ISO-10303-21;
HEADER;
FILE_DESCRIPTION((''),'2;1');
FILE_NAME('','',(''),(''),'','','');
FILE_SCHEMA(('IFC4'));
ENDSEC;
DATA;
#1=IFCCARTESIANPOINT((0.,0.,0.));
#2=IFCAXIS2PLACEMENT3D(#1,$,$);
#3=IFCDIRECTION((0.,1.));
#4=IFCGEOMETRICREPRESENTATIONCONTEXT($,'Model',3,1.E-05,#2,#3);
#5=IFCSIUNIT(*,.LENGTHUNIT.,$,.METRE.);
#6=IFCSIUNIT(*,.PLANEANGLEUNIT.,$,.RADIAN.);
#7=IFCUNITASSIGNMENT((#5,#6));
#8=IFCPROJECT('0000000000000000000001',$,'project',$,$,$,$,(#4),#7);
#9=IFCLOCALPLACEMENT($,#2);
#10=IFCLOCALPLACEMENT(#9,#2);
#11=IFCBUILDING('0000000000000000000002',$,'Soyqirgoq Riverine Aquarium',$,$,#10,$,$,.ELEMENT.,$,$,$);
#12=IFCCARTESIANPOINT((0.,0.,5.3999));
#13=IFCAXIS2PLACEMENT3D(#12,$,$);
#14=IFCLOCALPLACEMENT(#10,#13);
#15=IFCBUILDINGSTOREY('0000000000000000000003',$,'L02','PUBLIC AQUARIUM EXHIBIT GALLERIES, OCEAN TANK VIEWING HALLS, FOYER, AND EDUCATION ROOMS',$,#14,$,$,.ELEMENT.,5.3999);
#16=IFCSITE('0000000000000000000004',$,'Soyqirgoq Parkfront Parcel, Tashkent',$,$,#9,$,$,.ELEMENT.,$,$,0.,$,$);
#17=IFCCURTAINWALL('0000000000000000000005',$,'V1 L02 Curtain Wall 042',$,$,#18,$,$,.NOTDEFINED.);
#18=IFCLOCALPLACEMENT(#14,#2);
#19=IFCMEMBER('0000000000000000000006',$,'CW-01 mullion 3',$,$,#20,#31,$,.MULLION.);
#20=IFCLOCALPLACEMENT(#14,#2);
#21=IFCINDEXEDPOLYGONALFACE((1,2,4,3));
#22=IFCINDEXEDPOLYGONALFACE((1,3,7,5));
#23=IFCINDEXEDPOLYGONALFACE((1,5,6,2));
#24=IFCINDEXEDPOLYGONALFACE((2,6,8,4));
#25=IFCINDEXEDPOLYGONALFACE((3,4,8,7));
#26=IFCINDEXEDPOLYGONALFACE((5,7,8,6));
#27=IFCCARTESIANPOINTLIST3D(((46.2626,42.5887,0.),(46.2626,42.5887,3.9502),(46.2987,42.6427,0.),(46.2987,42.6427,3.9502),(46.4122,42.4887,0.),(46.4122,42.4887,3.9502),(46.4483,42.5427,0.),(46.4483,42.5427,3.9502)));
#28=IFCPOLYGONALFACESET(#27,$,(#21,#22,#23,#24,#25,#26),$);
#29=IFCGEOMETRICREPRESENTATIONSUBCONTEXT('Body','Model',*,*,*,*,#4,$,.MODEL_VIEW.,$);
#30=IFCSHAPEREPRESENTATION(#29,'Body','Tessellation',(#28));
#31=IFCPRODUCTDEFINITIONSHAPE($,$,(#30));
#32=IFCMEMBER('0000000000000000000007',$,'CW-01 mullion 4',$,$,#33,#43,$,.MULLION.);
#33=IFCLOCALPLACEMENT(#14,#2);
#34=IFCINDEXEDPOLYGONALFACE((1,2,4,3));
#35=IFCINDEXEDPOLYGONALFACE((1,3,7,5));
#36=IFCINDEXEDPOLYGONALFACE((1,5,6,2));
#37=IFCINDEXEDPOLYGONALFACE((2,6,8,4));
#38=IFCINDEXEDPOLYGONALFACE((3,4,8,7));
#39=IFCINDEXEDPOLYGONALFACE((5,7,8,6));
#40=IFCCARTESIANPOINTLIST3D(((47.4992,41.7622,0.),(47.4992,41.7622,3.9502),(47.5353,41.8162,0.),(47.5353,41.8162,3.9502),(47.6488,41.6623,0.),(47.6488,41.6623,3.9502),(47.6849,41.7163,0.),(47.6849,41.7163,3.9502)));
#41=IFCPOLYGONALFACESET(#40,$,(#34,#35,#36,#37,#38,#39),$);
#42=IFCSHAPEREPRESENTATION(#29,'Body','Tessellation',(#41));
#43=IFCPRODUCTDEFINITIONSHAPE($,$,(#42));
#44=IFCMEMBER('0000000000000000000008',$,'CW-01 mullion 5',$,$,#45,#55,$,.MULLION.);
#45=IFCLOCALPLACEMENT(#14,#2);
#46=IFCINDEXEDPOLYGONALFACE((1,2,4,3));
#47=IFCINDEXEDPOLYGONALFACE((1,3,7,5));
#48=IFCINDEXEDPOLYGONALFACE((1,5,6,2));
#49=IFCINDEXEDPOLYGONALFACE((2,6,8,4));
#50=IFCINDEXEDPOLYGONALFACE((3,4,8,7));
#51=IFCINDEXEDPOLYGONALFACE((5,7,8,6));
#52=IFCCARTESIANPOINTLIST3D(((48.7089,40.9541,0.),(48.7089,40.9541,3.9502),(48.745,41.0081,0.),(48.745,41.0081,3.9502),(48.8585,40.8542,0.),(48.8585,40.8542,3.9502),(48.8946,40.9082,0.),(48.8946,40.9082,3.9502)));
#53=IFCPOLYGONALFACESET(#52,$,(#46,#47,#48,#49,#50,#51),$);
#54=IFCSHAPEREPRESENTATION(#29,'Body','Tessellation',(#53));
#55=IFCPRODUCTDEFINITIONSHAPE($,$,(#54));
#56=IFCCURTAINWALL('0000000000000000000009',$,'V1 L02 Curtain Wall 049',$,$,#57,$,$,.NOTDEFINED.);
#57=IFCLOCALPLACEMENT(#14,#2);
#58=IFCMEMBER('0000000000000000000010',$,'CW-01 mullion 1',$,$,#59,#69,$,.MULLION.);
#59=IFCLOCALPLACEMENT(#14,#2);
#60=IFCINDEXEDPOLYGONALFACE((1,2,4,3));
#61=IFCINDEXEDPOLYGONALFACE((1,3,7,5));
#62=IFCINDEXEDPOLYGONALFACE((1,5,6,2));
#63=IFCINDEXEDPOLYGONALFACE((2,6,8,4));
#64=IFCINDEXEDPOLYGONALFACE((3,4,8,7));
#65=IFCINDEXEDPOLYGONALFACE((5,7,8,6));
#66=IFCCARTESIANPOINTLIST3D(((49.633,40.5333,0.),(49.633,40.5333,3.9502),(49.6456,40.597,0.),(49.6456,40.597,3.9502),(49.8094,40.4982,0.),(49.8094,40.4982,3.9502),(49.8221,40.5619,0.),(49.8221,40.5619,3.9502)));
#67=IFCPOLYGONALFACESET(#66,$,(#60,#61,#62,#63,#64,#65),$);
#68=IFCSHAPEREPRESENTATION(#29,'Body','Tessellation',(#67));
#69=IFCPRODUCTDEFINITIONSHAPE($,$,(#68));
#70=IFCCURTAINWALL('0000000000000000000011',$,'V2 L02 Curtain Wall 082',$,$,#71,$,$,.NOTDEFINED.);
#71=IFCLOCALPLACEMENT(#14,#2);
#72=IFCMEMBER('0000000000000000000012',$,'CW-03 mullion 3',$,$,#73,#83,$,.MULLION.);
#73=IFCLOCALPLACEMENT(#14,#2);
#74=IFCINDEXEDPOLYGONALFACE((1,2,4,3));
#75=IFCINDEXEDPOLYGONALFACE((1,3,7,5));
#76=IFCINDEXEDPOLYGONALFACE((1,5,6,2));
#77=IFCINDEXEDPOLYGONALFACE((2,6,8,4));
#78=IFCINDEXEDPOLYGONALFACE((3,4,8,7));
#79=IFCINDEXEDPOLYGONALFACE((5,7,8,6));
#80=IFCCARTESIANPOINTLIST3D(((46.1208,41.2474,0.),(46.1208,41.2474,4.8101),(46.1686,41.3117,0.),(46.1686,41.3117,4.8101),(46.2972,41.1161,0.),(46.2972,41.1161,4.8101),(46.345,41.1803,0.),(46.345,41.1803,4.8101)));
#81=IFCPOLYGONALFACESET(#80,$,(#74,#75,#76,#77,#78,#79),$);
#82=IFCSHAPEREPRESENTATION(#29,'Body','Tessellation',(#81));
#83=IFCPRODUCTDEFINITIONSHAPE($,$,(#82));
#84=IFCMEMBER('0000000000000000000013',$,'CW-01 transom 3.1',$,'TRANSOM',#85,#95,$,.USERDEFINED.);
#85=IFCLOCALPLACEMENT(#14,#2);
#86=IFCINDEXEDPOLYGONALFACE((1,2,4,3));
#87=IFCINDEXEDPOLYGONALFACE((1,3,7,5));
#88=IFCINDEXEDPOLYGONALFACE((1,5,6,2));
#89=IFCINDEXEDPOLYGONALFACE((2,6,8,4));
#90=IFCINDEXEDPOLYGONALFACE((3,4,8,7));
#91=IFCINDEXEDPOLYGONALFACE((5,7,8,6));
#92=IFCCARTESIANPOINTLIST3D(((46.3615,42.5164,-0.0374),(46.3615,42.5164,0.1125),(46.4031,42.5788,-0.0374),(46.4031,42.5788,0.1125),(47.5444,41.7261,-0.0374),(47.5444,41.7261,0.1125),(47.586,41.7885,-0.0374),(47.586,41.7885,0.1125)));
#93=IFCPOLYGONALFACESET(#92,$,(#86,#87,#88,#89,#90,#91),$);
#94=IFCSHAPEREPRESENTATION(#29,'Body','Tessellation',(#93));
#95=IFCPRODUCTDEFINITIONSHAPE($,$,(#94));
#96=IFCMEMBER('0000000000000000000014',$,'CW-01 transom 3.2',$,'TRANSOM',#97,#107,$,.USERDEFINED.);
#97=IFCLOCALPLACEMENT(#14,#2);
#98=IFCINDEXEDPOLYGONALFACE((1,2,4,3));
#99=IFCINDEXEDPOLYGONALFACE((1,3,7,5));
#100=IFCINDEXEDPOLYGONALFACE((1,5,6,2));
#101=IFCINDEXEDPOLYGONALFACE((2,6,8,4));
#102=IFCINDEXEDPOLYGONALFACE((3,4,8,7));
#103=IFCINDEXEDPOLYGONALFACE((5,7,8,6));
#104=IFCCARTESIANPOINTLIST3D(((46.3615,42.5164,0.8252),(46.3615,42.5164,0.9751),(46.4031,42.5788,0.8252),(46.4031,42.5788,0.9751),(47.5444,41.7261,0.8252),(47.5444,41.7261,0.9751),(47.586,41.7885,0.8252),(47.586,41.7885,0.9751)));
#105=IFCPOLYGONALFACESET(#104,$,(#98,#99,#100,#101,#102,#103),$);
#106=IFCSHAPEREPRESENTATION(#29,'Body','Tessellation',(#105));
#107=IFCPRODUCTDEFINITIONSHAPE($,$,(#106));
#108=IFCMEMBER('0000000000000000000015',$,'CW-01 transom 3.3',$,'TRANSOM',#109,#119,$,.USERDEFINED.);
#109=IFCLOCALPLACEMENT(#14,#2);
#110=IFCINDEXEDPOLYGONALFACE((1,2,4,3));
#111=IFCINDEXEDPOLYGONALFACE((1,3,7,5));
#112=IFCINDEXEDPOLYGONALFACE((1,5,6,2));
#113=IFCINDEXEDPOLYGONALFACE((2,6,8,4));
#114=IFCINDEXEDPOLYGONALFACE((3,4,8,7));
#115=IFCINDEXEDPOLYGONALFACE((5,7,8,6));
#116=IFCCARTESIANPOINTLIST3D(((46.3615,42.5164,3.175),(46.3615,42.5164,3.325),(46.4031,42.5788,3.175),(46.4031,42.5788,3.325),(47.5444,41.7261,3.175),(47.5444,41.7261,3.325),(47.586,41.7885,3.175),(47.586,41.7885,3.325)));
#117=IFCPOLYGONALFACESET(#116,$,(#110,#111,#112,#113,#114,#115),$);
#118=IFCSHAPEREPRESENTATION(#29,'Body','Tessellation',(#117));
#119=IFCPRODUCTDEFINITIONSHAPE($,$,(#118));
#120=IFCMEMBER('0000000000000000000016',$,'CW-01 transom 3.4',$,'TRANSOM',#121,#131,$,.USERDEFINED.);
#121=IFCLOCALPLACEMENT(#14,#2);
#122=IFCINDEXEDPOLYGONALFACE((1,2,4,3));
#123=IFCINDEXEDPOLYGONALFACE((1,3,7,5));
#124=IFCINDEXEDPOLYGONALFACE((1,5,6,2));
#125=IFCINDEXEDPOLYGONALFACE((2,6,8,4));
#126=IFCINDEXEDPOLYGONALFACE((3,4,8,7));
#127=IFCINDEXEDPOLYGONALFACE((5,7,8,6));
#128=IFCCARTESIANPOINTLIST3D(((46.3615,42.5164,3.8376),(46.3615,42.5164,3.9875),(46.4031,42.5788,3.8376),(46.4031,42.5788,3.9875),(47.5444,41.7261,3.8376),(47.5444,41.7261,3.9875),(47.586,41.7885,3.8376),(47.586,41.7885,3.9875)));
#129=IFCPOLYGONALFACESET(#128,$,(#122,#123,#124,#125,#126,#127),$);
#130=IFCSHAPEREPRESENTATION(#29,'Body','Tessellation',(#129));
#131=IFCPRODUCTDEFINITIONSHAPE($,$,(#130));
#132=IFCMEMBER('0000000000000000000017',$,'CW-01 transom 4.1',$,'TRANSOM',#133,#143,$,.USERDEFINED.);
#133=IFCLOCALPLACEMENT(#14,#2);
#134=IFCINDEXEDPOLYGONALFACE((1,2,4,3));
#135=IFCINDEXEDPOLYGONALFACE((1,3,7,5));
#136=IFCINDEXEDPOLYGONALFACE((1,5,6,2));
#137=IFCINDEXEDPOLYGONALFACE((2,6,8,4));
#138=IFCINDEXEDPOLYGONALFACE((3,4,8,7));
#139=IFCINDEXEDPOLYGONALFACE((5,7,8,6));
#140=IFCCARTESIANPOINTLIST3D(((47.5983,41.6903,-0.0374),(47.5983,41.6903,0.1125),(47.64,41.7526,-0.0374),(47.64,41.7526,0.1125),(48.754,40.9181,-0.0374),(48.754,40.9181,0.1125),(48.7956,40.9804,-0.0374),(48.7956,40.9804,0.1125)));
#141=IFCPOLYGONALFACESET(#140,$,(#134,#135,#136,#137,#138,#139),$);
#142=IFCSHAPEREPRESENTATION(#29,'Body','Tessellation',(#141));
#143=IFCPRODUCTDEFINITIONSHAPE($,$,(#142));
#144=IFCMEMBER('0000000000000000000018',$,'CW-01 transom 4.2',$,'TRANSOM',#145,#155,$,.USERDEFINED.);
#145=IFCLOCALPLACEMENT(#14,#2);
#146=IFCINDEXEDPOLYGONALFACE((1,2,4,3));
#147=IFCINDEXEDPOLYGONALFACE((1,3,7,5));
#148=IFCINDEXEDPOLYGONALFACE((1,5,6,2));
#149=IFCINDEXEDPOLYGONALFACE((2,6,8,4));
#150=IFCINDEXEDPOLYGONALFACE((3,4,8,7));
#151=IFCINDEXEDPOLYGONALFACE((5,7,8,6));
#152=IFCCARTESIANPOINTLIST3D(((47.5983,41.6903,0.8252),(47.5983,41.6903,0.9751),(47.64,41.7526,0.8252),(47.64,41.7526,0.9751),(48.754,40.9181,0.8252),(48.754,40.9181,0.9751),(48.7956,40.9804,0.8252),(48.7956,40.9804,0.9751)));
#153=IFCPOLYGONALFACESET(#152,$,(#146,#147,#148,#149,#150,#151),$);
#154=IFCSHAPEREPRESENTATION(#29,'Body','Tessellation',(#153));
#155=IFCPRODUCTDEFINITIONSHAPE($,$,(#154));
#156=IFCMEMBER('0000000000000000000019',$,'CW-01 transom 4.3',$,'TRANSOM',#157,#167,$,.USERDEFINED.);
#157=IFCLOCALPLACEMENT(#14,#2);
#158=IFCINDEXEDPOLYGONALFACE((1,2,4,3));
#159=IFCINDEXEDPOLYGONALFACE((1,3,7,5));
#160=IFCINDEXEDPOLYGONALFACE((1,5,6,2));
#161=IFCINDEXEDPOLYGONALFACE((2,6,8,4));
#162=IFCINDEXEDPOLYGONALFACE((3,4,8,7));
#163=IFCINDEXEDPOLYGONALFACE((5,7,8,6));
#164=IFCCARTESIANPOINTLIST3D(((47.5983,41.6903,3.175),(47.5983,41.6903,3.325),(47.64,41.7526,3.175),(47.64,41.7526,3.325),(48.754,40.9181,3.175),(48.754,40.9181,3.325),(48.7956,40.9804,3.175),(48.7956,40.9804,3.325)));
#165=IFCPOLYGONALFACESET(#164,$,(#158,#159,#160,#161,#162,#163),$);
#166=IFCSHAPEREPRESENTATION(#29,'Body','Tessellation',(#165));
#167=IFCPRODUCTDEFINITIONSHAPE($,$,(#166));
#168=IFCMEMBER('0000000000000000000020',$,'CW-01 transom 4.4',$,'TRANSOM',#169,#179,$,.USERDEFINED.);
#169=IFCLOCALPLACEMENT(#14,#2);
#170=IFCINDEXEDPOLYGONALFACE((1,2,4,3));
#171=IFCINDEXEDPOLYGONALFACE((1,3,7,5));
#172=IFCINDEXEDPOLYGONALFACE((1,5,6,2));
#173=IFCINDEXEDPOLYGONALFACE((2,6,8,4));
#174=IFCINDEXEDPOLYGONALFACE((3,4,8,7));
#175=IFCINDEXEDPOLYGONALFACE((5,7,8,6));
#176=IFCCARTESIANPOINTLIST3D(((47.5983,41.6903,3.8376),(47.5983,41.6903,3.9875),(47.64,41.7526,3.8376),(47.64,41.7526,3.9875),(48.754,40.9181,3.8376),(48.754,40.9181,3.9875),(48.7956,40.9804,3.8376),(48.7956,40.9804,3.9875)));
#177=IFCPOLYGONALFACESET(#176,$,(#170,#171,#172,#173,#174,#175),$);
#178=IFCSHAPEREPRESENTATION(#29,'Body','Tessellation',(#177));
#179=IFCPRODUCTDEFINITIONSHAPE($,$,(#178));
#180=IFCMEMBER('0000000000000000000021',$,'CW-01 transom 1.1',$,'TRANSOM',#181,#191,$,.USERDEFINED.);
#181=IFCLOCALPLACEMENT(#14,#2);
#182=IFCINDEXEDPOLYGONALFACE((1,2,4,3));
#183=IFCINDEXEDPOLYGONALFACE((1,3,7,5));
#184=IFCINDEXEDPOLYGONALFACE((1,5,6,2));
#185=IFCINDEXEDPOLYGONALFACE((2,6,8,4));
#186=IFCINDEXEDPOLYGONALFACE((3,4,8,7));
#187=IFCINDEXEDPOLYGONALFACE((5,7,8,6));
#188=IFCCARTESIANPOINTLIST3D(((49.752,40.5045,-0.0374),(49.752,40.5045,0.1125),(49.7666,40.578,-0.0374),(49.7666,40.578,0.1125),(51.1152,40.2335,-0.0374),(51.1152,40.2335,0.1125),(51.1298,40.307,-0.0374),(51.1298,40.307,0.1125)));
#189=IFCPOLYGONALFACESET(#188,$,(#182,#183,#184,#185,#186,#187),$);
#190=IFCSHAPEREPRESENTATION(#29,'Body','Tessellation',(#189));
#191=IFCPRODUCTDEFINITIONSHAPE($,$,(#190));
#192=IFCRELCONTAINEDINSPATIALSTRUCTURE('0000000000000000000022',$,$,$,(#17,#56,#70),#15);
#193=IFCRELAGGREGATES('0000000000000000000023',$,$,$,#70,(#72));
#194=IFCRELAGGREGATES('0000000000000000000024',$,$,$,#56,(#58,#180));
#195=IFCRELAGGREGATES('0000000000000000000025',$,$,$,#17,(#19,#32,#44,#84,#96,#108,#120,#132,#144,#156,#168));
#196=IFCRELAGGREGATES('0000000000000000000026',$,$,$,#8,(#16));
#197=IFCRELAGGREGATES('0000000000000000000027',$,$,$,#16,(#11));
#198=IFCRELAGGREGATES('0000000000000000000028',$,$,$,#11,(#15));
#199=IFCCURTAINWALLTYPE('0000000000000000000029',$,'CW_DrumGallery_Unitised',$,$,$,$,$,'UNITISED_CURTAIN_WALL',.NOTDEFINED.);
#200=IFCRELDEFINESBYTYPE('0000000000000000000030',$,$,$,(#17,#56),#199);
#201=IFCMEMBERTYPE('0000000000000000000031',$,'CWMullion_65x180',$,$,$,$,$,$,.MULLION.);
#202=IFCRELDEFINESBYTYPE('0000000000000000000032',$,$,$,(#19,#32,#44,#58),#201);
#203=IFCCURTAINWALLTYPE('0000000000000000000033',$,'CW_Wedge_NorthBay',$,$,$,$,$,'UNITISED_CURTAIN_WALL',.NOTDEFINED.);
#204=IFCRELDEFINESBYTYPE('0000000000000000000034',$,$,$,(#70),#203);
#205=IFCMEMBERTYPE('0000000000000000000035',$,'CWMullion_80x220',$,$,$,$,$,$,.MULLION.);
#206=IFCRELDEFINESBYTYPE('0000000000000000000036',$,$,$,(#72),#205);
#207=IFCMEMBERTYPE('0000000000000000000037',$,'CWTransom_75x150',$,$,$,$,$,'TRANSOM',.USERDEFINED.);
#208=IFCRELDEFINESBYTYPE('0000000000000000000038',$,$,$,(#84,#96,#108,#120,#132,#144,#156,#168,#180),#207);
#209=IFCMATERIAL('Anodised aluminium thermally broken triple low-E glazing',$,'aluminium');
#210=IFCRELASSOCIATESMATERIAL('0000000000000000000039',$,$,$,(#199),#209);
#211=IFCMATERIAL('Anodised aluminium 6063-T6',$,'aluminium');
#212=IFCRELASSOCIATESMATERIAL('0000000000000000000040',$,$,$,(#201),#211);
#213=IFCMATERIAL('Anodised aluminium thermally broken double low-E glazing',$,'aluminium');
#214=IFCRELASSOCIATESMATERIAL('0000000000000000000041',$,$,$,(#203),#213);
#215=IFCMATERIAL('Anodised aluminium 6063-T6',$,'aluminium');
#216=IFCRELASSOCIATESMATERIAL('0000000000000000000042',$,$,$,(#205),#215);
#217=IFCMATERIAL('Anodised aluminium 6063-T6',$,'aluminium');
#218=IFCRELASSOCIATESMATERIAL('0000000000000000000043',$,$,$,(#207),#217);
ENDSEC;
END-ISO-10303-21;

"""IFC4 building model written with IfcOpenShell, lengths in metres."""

from ifc_helpers import new_model, si_unit, direction, frame, origin, origin_2d, place, context, subcontext, project, spatial, rectangle, extrude, material, material_profile, profile_set, type_object, element, aggregate, save


model = new_model("IFC4")

# Units and contexts
model_context = context("Model", 3, precision=1e-05, world=origin(), true_north=direction((0.0, 1.0)))
body_context = subcontext(model_context, "Body", "Model", "MODEL_VIEW")
ifc_project = project(units=[si_unit("LENGTHUNIT", "METRE"), si_unit("PLANEANGLEUNIT", "RADIAN")], contexts=[model_context])

# Site, building, storey
site_placement = place(None, origin())
site = spatial("IfcSite", under=ifc_project, at=site_placement, Name="Soyqirgoq Parkfront Parcel, Tashkent", CompositionType="ELEMENT", RefElevation=0.0)
building_placement = place(site_placement, origin())
building = spatial("IfcBuilding", under=site, at=building_placement, Name="Soyqirgoq Riverine Aquarium", CompositionType="ELEMENT")
storey_placement = place(building_placement, frame((0.0, 0.0, 5.3999)))
storey = spatial("IfcBuildingStorey", under=building, at=storey_placement, Name="L02", Description="PUBLIC AQUARIUM EXHIBIT GALLERIES, OCEAN TANK VIEWING HALLS, FOYER, AND EDUCATION ROOMS", CompositionType="ELEMENT", Elevation=5.3999)

# Curtain wall, members
ifc_material_1 = material(Name="Anodised aluminium thermally broken triple low-E glazing", Category="aluminium")
curtain_wall_type_1 = type_object("IfcCurtainWallType", Name="CW_DrumGallery_Unitised", ElementType="UNITISED_CURTAIN_WALL", PredefinedType="NOTDEFINED", material=ifc_material_1)
curtain_wall_1_placement = place(storey_placement, origin())
curtain_wall_1 = element("IfcCurtainWall", 1, at=curtain_wall_1_placement, inside=storey, type_object=curtain_wall_type_1, Name="V1 L02 Curtain Wall 042", PredefinedType="NOTDEFINED")
ifc_material_2 = material(Name="Anodised aluminium 6063-T6", Category="aluminium")
ifc_material_profile_1 = material_profile(ifc_material_2, rectangle(XDim=0.0649, YDim=0.1799, at=origin_2d()), Name="ALU-M 65x180")
ifc_profile_set_1 = profile_set([ifc_material_profile_1], Name="Anodised aluminium 6063-T6")
member_type_1 = type_object("IfcMemberType", Name="CWMullion_65x180", PredefinedType="MULLION", material=ifc_profile_set_1)
member_1_placement = place(storey_placement, frame((46.3555, 42.5657, 0.0), z_axis=(0.0, 0.0, 1.0), x_axis=(0.555565, 0.831473, 0.0)))
member_1 = element("IfcMember", 2, at=member_1_placement, type_object=member_type_1, Name="CW-01 mullion 3", PredefinedType="MULLION", context=body_context, shape_type="SweptSolid", body=[
    extrude(rectangle(XDim=0.0649, YDim=0.1799, at=origin_2d()), origin(), (0.0, 0.0, 1.0), 3.9502),
])
member_2_placement = place(storey_placement, frame((47.592, 41.7393, 0.0), z_axis=(0.0, 0.0, 1.0), x_axis=(0.555565, 0.831473, 0.0)))
member_2 = element("IfcMember", 3, at=member_2_placement, type_object=member_type_1, Name="CW-01 mullion 4", PredefinedType="MULLION", context=body_context, shape_type="SweptSolid", body=[
    extrude(rectangle(XDim=0.0649, YDim=0.1799, at=origin_2d()), origin(), (0.0, 0.0, 1.0), 3.9502),
])
member_3_placement = place(storey_placement, frame((48.8018, 40.9312, 0.0), z_axis=(0.0, 0.0, 1.0), x_axis=(0.555565, 0.831473, 0.0)))
member_3 = element("IfcMember", 4, at=member_3_placement, type_object=member_type_1, Name="CW-01 mullion 5", PredefinedType="MULLION", context=body_context, shape_type="SweptSolid", body=[
    extrude(rectangle(XDim=0.0649, YDim=0.1799, at=origin_2d()), origin(), (0.0, 0.0, 1.0), 3.9502),
])

# Curtain walls, members
curtain_wall_2_placement = place(storey_placement, origin())
curtain_wall_2 = element("IfcCurtainWall", 5, at=curtain_wall_2_placement, inside=storey, type_object=curtain_wall_type_1, Name="V1 L02 Curtain Wall 049", PredefinedType="NOTDEFINED")
member_4_placement = place(storey_placement, frame((49.7275, 40.5476, 0.0), z_axis=(0.0, 0.0, 1.0), x_axis=(0.195088, 0.980786, 0.0)))
member_4 = element("IfcMember", 6, at=member_4_placement, type_object=member_type_1, Name="CW-01 mullion 1", PredefinedType="MULLION", context=body_context, shape_type="SweptSolid", body=[
    extrude(rectangle(XDim=0.0649, YDim=0.1799, at=origin_2d()), origin(), (0.0, 0.0, 1.0), 3.9502),
])
ifc_material_3 = material(Name="Anodised aluminium thermally broken double low-E glazing", Category="aluminium")
curtain_wall_type_2 = type_object("IfcCurtainWallType", Name="CW_Wedge_NorthBay", ElementType="UNITISED_CURTAIN_WALL", PredefinedType="NOTDEFINED", material=ifc_material_3)
curtain_wall_3_placement = place(storey_placement, origin())
curtain_wall_3 = element("IfcCurtainWall", 7, at=curtain_wall_3_placement, inside=storey, type_object=curtain_wall_type_2, Name="V2 L02 Curtain Wall 082", PredefinedType="NOTDEFINED")
ifc_material_4 = material(Name="Anodised aluminium 6063-T6", Category="aluminium")
ifc_material_profile_2 = material_profile(ifc_material_4, rectangle(XDim=0.0801, YDim=0.22, at=origin_2d()), Name="ALU-M 80x220")
ifc_profile_set_2 = profile_set([ifc_material_profile_2], Name="Anodised aluminium 6063-T6")
member_type_2 = type_object("IfcMemberType", Name="CWMullion_80x220", PredefinedType="MULLION", material=ifc_profile_set_2)
member_5_placement = place(storey_placement, frame((46.2329, 41.2139, 0.0), z_axis=(0.0, 0.0, 1.0), x_axis=(0.597149, 0.802131, 0.0)))
member_5 = element("IfcMember", 8, at=member_5_placement, type_object=member_type_2, Name="CW-03 mullion 3", PredefinedType="MULLION", context=body_context, shape_type="SweptSolid", body=[
    extrude(rectangle(XDim=0.0801, YDim=0.22, at=origin_2d()), origin(), (0.0, 0.0, 1.0), 4.8101),
])
aggregate(curtain_wall_3, [member_5])

# Members
ifc_material_5 = material(Name="Anodised aluminium 6063-T6", Category="aluminium")
ifc_material_profile_3 = material_profile(ifc_material_5, rectangle(XDim=0.075, YDim=0.1499, at=origin_2d()), Name="ALU-T 75x150")
ifc_profile_set_3 = profile_set([ifc_material_profile_3], Name="Anodised aluminium 6063-T6")
member_type_3 = type_object("IfcMemberType", Name="CWTransom_75x150", ElementType="TRANSOM", PredefinedType="USERDEFINED", material=ifc_profile_set_3)
member_6_placement = place(storey_placement, frame((46.3823, 42.5476, 0.0376), z_axis=(0.831495, -0.555532, 0.0), x_axis=(0.555532, 0.831495, 0.0)))
member_6 = element("IfcMember", 9, at=member_6_placement, type_object=member_type_3, Name="CW-01 transom 3.1", ObjectType="TRANSOM", PredefinedType="USERDEFINED", context=body_context, shape_type="SweptSolid", body=[
    extrude(rectangle(XDim=0.075, YDim=0.1499, at=origin_2d()), origin(), (0.0, 0.0, 1.0), 1.4226),
])
member_7_placement = place(storey_placement, frame((46.3823, 42.5476, 0.9001), z_axis=(0.831495, -0.555532, 0.0), x_axis=(0.555532, 0.831495, 0.0)))
member_7 = element("IfcMember", 10, at=member_7_placement, type_object=member_type_3, Name="CW-01 transom 3.2", ObjectType="TRANSOM", PredefinedType="USERDEFINED", context=body_context, shape_type="SweptSolid", body=[
    extrude(rectangle(XDim=0.075, YDim=0.1499, at=origin_2d()), origin(), (0.0, 0.0, 1.0), 1.4226),
])
member_8_placement = place(storey_placement, frame((46.3823, 42.5476, 3.25), z_axis=(0.831495, -0.555532, 0.0), x_axis=(0.555532, 0.831495, 0.0)))
member_8 = element("IfcMember", 11, at=member_8_placement, type_object=member_type_3, Name="CW-01 transom 3.3", ObjectType="TRANSOM", PredefinedType="USERDEFINED", context=body_context, shape_type="SweptSolid", body=[
    extrude(rectangle(XDim=0.075, YDim=0.1499, at=origin_2d()), origin(), (0.0, 0.0, 1.0), 1.4226),
])
member_9_placement = place(storey_placement, frame((46.3823, 42.5476, 3.9126), z_axis=(0.831495, -0.555532, 0.0), x_axis=(0.555532, 0.831495, 0.0)))
member_9 = element("IfcMember", 12, at=member_9_placement, type_object=member_type_3, Name="CW-01 transom 3.4", ObjectType="TRANSOM", PredefinedType="USERDEFINED", context=body_context, shape_type="SweptSolid", body=[
    extrude(rectangle(XDim=0.075, YDim=0.1499, at=origin_2d()), origin(), (0.0, 0.0, 1.0), 1.4226),
])
member_10_placement = place(storey_placement, frame((47.6191, 41.7214, 0.0376), z_axis=(0.831482, -0.555551, 0.0), x_axis=(0.555551, 0.831482, 0.0)))
member_10 = element("IfcMember", 13, at=member_10_placement, type_object=member_type_3, Name="CW-01 transom 4.1", ObjectType="TRANSOM", PredefinedType="USERDEFINED", context=body_context, shape_type="SweptSolid", body=[
    extrude(rectangle(XDim=0.075, YDim=0.1499, at=origin_2d()), origin(), (0.0, 0.0, 1.0), 1.3899),
])
member_11_placement = place(storey_placement, frame((47.6191, 41.7214, 0.9001), z_axis=(0.831482, -0.555551, 0.0), x_axis=(0.555551, 0.831482, 0.0)))
member_11 = element("IfcMember", 14, at=member_11_placement, type_object=member_type_3, Name="CW-01 transom 4.2", ObjectType="TRANSOM", PredefinedType="USERDEFINED", context=body_context, shape_type="SweptSolid", body=[
    extrude(rectangle(XDim=0.075, YDim=0.1499, at=origin_2d()), origin(), (0.0, 0.0, 1.0), 1.3899),
])
member_12_placement = place(storey_placement, frame((47.6191, 41.7214, 3.25), z_axis=(0.831482, -0.555551, 0.0), x_axis=(0.555551, 0.831482, 0.0)))
member_12 = element("IfcMember", 15, at=member_12_placement, type_object=member_type_3, Name="CW-01 transom 4.3", ObjectType="TRANSOM", PredefinedType="USERDEFINED", context=body_context, shape_type="SweptSolid", body=[
    extrude(rectangle(XDim=0.075, YDim=0.1499, at=origin_2d()), origin(), (0.0, 0.0, 1.0), 1.3899),
])
member_13_placement = place(storey_placement, frame((47.6191, 41.7214, 3.9126), z_axis=(0.831482, -0.555551, 0.0), x_axis=(0.555551, 0.831482, 0.0)))
member_13 = element("IfcMember", 16, at=member_13_placement, type_object=member_type_3, Name="CW-01 transom 4.4", ObjectType="TRANSOM", PredefinedType="USERDEFINED", context=body_context, shape_type="SweptSolid", body=[
    extrude(rectangle(XDim=0.075, YDim=0.1499, at=origin_2d()), origin(), (0.0, 0.0, 1.0), 1.3899),
])
member_14_placement = place(storey_placement, frame((49.7593, 40.5413, 0.0376), z_axis=(0.98081, -0.194968, 0.0), x_axis=(0.194968, 0.98081, 0.0)))
member_14 = element("IfcMember", 17, at=member_14_placement, type_object=member_type_3, Name="CW-01 transom 1.1", ObjectType="TRANSOM", PredefinedType="USERDEFINED", context=body_context, shape_type="SweptSolid", body=[
    extrude(rectangle(XDim=0.075, YDim=0.1499, at=origin_2d()), origin(), (0.0, 0.0, 1.0), 1.3899),
])
aggregate(curtain_wall_2, [member_4, member_14])

aggregate(curtain_wall_1, [member_1, member_2, member_3, member_6, member_7, member_8, member_9, member_10, member_11, member_12, member_13])

save(model, "model.ifc")
